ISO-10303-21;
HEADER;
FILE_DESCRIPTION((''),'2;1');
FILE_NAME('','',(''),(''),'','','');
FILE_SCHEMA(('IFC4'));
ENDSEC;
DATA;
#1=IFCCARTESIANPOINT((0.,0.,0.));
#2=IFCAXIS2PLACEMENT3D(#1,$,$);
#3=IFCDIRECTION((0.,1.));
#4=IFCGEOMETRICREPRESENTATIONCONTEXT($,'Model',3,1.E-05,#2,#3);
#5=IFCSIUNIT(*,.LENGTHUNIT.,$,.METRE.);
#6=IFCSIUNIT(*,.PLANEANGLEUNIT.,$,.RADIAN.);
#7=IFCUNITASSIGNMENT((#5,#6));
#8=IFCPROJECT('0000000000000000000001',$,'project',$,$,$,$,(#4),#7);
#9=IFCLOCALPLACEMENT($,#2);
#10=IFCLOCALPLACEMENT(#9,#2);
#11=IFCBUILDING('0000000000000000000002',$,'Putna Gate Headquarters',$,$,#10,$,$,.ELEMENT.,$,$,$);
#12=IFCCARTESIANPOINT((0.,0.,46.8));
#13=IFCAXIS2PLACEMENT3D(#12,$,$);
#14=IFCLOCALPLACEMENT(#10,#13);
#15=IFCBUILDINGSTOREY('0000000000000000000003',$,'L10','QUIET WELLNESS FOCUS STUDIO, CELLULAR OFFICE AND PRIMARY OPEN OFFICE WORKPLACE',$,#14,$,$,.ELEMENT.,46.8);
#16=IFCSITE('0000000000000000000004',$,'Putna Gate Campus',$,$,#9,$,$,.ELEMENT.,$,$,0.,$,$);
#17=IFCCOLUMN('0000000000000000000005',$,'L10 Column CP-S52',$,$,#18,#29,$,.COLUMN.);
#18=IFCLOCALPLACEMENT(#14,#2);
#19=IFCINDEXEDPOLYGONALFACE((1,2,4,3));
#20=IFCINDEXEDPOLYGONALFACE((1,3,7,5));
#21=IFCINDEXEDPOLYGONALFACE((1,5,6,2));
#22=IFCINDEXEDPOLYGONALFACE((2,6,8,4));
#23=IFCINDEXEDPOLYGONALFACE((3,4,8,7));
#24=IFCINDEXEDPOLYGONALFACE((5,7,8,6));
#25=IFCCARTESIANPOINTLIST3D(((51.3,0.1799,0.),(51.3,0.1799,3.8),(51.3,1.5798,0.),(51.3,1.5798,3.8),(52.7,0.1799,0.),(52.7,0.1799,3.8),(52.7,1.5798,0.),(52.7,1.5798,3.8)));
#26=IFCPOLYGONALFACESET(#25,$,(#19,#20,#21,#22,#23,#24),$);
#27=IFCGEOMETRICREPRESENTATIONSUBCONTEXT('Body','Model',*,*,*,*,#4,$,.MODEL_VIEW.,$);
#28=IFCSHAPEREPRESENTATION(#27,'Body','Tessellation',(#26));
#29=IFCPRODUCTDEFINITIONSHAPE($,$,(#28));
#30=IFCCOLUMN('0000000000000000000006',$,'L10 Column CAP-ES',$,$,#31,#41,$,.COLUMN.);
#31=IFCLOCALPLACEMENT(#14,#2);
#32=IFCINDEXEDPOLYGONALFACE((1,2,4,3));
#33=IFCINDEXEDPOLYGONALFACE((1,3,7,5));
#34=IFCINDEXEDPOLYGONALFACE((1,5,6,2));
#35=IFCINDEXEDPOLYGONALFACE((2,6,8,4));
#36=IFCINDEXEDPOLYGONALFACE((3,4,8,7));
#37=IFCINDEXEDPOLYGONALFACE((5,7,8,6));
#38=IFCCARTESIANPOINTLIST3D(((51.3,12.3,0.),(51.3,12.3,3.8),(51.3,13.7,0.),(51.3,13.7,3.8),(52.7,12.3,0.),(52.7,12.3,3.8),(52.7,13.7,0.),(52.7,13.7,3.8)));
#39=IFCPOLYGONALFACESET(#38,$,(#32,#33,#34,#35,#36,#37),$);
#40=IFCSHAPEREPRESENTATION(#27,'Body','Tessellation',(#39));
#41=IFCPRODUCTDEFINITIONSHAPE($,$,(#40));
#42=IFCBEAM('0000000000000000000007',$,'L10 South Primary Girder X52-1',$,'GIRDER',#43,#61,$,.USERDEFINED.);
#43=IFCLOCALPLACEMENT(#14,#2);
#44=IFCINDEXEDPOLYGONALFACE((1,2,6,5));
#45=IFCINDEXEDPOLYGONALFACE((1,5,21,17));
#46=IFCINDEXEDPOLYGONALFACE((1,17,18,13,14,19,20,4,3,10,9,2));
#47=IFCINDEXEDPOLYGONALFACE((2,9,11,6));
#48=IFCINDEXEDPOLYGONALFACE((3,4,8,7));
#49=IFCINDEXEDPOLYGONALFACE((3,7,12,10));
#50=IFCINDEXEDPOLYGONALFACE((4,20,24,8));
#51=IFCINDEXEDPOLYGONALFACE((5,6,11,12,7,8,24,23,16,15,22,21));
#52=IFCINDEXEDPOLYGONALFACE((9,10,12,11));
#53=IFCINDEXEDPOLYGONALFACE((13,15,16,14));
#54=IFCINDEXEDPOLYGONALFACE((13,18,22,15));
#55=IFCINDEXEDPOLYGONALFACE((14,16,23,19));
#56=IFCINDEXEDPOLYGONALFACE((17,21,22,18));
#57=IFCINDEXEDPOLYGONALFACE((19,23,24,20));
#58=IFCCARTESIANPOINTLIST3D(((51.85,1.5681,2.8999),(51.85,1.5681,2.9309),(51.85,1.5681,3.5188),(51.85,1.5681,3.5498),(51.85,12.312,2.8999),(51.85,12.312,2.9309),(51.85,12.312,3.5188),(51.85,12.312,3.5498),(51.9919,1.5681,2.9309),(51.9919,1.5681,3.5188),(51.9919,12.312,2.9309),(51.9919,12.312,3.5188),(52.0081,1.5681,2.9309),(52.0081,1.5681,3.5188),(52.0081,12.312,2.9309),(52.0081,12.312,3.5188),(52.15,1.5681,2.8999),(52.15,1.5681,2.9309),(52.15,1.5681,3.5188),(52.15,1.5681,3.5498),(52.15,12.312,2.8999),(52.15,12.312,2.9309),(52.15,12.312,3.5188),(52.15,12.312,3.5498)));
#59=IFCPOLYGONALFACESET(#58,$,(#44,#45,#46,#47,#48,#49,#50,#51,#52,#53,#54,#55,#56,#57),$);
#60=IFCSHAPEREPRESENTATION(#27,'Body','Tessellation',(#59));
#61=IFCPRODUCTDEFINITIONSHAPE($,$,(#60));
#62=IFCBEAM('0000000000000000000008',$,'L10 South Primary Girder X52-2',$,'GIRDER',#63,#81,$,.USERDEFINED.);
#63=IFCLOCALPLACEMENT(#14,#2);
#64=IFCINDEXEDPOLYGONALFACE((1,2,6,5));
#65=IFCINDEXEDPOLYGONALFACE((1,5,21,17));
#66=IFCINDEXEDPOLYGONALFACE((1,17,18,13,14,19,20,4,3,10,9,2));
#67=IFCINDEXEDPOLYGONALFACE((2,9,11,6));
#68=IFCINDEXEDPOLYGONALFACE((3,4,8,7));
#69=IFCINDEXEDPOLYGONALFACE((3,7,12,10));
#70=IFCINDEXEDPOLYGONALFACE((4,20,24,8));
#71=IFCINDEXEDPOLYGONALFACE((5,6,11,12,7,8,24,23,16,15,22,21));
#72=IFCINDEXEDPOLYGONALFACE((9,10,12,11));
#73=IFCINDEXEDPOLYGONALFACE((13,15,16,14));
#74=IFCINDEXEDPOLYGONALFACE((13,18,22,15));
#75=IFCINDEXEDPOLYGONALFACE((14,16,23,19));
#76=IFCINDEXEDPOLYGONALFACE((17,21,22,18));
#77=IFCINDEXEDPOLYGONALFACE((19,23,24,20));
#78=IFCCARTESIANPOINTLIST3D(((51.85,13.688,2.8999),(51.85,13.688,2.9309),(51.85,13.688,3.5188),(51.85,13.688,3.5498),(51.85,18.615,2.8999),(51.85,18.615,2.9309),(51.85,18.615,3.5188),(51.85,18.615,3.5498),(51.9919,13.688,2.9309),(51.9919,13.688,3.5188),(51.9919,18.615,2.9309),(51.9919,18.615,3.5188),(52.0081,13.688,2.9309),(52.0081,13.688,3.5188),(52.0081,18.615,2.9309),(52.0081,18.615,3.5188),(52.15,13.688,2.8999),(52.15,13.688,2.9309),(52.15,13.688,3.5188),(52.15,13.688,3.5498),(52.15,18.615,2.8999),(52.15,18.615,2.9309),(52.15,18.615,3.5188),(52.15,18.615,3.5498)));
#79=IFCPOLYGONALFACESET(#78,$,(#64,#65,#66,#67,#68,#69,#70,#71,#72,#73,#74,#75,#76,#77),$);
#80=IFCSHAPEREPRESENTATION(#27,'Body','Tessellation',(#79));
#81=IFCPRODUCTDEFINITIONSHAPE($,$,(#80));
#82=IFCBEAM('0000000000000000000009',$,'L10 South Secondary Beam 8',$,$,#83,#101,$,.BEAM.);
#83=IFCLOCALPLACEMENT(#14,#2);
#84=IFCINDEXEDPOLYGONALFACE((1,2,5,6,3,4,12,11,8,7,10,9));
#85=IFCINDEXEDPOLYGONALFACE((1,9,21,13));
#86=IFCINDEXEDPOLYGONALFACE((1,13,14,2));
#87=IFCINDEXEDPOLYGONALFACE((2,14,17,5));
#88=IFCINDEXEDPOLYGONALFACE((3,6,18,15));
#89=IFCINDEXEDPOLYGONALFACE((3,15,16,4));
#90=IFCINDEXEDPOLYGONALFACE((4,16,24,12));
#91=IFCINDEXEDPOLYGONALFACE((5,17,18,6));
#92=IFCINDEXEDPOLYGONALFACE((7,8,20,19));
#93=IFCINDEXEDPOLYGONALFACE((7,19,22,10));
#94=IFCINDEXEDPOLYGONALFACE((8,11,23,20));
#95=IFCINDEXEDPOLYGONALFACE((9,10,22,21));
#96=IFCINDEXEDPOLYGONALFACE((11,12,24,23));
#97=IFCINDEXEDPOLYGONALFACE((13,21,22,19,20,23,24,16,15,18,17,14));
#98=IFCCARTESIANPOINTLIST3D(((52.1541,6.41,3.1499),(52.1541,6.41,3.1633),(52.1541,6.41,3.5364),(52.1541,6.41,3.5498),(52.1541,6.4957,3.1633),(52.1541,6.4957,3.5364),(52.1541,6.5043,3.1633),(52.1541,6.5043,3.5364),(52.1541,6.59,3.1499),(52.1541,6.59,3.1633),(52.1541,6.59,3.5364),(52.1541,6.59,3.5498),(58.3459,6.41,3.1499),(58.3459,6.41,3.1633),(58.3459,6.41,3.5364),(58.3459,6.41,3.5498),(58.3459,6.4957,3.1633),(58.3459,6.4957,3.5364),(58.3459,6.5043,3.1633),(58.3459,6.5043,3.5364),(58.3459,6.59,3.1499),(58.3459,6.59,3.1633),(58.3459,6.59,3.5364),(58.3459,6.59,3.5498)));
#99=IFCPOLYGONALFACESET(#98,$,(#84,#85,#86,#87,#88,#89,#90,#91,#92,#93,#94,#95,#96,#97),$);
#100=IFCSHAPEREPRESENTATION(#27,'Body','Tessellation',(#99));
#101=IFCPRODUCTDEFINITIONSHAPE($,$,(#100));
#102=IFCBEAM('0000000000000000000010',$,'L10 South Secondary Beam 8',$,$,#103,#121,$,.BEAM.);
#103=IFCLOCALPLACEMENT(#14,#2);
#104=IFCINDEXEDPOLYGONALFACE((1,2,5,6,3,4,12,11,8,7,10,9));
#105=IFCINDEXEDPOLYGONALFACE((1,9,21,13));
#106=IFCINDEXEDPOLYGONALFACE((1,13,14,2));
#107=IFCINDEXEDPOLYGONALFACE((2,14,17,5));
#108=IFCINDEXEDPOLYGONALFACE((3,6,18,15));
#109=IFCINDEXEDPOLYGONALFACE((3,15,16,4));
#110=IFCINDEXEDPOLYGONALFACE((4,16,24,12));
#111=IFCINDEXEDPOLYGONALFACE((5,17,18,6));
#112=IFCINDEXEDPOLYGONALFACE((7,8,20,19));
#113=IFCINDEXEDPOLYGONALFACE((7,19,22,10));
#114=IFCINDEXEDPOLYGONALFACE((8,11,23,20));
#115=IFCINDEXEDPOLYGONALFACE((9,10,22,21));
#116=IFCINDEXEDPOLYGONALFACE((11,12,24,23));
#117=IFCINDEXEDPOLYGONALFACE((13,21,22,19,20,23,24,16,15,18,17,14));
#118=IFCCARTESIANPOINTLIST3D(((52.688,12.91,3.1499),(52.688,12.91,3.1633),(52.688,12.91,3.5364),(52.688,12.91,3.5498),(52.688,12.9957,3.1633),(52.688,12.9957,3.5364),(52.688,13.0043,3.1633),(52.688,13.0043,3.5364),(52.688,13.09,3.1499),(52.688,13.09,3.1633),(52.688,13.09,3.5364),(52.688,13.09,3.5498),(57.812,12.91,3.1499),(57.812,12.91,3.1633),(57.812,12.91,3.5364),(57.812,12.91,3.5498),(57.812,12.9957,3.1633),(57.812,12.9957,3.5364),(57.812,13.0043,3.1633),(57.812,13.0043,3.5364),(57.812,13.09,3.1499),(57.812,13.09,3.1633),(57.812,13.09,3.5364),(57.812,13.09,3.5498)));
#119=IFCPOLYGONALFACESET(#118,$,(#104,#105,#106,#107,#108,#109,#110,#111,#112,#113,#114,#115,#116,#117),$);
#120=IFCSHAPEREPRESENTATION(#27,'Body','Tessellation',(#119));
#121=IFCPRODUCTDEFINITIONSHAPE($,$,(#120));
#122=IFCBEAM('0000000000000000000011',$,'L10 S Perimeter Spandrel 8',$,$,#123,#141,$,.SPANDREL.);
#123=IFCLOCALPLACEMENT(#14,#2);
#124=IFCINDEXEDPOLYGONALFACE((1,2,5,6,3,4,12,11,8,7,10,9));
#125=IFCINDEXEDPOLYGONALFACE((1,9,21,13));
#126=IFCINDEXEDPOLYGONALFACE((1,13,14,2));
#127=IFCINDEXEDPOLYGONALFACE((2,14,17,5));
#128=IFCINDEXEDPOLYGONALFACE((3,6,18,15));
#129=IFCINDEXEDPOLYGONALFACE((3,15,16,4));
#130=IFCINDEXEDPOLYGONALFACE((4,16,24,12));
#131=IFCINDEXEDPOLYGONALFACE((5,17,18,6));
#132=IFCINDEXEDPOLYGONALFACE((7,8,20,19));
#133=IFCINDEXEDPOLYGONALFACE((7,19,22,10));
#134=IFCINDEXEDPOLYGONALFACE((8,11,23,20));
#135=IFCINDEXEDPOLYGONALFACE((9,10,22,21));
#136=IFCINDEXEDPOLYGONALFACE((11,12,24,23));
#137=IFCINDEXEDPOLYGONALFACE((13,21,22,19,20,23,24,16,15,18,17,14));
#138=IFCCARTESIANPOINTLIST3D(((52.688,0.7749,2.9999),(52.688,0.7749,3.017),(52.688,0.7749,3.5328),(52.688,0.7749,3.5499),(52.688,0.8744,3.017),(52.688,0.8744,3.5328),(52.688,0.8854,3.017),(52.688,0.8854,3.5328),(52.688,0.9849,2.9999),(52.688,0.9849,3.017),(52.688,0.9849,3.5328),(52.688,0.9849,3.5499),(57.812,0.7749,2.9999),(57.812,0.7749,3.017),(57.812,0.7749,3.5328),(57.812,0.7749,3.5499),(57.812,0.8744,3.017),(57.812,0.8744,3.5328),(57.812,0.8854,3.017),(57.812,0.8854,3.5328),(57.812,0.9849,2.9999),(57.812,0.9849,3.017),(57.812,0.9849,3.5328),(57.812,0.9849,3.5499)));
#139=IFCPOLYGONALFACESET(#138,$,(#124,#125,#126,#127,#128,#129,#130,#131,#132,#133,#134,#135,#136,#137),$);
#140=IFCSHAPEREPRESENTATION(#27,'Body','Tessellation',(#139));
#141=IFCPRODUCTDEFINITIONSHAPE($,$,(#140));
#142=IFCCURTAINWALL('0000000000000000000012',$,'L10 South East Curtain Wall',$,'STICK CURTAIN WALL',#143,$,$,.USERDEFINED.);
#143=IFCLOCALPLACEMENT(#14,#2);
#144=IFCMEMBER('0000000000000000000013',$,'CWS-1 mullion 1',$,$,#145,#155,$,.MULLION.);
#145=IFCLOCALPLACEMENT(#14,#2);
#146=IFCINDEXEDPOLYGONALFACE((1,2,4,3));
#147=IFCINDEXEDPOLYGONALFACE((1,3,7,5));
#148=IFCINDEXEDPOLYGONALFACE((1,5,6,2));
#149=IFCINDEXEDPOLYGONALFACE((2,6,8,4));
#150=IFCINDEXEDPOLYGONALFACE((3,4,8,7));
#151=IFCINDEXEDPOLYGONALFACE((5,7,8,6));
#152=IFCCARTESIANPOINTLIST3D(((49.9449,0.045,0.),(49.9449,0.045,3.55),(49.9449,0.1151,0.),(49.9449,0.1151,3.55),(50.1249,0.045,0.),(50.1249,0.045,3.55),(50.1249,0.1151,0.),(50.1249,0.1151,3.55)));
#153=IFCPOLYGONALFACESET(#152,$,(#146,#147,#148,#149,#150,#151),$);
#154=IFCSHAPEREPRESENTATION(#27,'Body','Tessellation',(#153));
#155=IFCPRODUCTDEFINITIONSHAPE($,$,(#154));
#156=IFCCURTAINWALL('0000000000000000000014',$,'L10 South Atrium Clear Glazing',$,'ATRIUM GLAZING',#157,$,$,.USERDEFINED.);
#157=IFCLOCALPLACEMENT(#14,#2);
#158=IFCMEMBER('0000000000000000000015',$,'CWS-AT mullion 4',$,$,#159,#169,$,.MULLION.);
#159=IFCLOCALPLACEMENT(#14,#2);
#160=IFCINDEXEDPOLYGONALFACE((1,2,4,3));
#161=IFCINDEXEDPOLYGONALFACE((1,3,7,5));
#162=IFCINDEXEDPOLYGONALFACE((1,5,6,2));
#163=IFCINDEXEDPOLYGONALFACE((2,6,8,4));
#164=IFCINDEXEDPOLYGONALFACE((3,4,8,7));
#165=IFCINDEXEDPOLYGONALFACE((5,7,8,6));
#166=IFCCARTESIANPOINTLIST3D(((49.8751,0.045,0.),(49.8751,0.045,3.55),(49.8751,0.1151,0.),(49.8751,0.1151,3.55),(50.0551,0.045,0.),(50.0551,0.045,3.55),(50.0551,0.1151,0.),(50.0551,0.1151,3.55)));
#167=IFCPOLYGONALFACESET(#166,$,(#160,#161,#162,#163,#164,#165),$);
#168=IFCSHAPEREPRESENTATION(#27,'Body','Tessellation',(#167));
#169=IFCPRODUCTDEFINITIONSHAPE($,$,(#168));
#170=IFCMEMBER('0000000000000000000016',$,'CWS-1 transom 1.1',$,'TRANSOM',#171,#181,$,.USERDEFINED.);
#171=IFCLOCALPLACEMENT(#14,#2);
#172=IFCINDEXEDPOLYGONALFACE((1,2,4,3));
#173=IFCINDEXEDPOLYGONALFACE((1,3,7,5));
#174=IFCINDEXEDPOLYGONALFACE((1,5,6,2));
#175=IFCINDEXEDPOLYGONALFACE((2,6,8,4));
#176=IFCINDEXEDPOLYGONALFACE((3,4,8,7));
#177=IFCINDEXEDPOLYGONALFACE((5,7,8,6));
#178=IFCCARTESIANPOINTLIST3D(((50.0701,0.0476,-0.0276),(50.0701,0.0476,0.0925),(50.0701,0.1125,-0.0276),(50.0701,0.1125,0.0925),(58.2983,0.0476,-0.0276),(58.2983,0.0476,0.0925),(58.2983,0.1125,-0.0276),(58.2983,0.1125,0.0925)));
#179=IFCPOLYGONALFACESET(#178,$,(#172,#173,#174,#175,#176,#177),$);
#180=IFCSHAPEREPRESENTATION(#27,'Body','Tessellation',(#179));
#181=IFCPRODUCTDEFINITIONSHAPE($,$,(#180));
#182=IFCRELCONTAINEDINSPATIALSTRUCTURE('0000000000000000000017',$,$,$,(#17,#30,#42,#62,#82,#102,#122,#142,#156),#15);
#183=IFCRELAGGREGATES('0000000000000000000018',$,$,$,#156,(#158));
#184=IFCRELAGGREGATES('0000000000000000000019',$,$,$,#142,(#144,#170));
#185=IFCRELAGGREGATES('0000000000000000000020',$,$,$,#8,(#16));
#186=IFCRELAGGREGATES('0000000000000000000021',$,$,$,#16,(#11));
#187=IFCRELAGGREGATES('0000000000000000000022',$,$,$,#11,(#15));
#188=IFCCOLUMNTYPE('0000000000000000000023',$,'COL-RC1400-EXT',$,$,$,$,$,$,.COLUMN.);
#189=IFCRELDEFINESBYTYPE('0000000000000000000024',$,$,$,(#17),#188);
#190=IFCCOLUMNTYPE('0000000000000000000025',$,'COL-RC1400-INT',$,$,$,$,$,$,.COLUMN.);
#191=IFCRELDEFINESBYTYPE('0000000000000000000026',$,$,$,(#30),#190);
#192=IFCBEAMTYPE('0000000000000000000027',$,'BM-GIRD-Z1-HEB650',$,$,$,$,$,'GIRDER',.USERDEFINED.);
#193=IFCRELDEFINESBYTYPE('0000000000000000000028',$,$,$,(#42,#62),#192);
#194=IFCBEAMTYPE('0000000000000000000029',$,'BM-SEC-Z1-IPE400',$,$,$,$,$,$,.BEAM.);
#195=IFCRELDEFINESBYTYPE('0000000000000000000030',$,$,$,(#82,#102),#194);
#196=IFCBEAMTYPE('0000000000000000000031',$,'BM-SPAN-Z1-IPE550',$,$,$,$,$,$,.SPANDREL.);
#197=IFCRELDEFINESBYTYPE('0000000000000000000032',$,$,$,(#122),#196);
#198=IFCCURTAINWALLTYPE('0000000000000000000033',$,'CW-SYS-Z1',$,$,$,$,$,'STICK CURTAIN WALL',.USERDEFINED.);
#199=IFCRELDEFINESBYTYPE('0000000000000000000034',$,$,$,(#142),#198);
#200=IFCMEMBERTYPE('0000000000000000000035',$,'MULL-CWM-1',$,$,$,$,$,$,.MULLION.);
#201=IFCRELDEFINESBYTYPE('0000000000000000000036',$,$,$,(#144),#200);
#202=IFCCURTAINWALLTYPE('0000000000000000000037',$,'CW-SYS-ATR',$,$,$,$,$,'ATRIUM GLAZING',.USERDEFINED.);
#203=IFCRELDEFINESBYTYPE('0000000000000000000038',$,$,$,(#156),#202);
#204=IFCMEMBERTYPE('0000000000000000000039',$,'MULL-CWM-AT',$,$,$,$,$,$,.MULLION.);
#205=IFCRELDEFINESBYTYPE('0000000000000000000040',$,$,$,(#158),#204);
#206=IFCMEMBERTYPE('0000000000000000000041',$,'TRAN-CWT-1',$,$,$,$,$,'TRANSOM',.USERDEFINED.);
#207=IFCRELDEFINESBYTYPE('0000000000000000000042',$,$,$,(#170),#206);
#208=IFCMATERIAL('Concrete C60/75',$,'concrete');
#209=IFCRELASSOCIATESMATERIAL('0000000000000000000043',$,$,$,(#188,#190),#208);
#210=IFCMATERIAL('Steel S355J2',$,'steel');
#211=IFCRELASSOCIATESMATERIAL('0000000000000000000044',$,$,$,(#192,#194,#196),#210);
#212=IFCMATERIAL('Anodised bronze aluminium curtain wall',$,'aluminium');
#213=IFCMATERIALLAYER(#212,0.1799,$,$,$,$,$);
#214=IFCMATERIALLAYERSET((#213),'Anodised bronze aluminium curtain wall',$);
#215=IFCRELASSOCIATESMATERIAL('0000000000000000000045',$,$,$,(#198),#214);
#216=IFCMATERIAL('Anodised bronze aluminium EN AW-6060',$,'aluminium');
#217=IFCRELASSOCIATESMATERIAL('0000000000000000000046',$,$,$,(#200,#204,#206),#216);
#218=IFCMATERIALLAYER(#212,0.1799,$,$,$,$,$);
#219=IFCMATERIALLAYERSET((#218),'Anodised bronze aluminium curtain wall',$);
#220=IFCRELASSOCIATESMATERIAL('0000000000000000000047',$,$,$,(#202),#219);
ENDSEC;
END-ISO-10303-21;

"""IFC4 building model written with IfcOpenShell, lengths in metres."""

from ifc_helpers import new_model, si_unit, direction, frame, origin, origin_2d, place, context, subcontext, project, spatial, rectangle, i_section, extrude, material, layer, layer_set, material_profile, profile_set, type_object, element, aggregate, save


model = new_model("IFC4")

# Units and contexts
model_context = context("Model", 3, precision=1e-05, world=origin(), true_north=direction((0.0, 1.0)))
body_context = subcontext(model_context, "Body", "Model", "MODEL_VIEW")
ifc_project = project(units=[si_unit("LENGTHUNIT", "METRE"), si_unit("PLANEANGLEUNIT", "RADIAN")], contexts=[model_context])

# Site, building, storey
site_placement = place(None, origin())
site = spatial("IfcSite", under=ifc_project, at=site_placement, Name="Putna Gate Campus", CompositionType="ELEMENT", RefElevation=0.0)
building_placement = place(site_placement, origin())
building = spatial("IfcBuilding", under=site, at=building_placement, Name="Putna Gate Headquarters", CompositionType="ELEMENT")
storey_placement = place(building_placement, frame((0.0, 0.0, 46.8)))
storey = spatial("IfcBuildingStorey", under=building, at=storey_placement, Name="L10", Description="QUIET WELLNESS FOCUS STUDIO, CELLULAR OFFICE AND PRIMARY OPEN OFFICE WORKPLACE", CompositionType="ELEMENT", Elevation=46.8)

# Columns
ifc_material_1 = material(Name="Concrete C60/75", Category="concrete")
ifc_material_profile_1 = material_profile(ifc_material_1, rectangle(XDim=1.3999, YDim=1.3999, at=origin_2d()), Name="Concrete C60/75")
ifc_profile_set_1 = profile_set([ifc_material_profile_1], Name="Concrete C60/75")
column_type_1 = type_object("IfcColumnType", Name="COL-RC1400-EXT", PredefinedType="COLUMN", material=ifc_profile_set_1)
column_1_placement = place(storey_placement, frame((52.0, 0.8799, 0.0), z_axis=(0.0, 0.0, 1.0), x_axis=(1.0, 0.0, 0.0)))
element("IfcColumn", 1, at=column_1_placement, inside=storey, type_object=column_type_1, Name="L10 Column CP-S52", PredefinedType="COLUMN", context=body_context, shape_type="SweptSolid", body=[
    extrude(rectangle(XDim=1.3999, YDim=1.3999, at=origin_2d()), origin(), (0.0, 0.0, 1.0), 3.8),
])
ifc_material_profile_2 = material_profile(ifc_material_1, rectangle(XDim=1.3999, YDim=1.3999, at=origin_2d()), Name="Concrete C60/75")
ifc_profile_set_2 = profile_set([ifc_material_profile_2], Name="Concrete C60/75")
column_type_2 = type_object("IfcColumnType", Name="COL-RC1400-INT", PredefinedType="COLUMN", material=ifc_profile_set_2)
column_2_placement = place(storey_placement, frame((52.0, 13.0, 0.0), z_axis=(0.0, 0.0, 1.0), x_axis=(1.0, 0.0, 0.0)))
element("IfcColumn", 2, at=column_2_placement, inside=storey, type_object=column_type_2, Name="L10 Column CAP-ES", PredefinedType="COLUMN", context=body_context, shape_type="SweptSolid", body=[
    extrude(rectangle(XDim=1.3999, YDim=1.3999, at=origin_2d()), origin(), (0.0, 0.0, 1.0), 3.8),
])

# Beams
ifc_material_2 = material(Name="Steel S355J2", Category="steel")
ifc_material_profile_3 = material_profile(ifc_material_2, i_section(OverallWidth=0.3, OverallDepth=0.6499, WebThickness=0.0161, FlangeThickness=0.031, at=origin_2d()), Name="Steel S355J2")
ifc_profile_set_3 = profile_set([ifc_material_profile_3], Name="Steel S355J2")
beam_type_1 = type_object("IfcBeamType", Name="BM-GIRD-Z1-HEB650", ElementType="GIRDER", PredefinedType="USERDEFINED", material=ifc_profile_set_3)
beam_1_placement = place(storey_placement, frame((52.0, 1.5681, 3.2249), z_axis=(0.0, 1.0, 0.0), x_axis=(-1.0, 0.0, 0.0)))
element("IfcBeam", 3, at=beam_1_placement, inside=storey, type_object=beam_type_1, Name="L10 South Primary Girder X52-1", ObjectType="GIRDER", PredefinedType="USERDEFINED", context=body_context, shape_type="SweptSolid", body=[
    extrude(i_section(OverallWidth=0.3, OverallDepth=0.6499, WebThickness=0.0161, FlangeThickness=0.031, at=origin_2d()), origin(), (0.0, 0.0, 1.0), 10.7439),
])
beam_2_placement = place(storey_placement, frame((52.0, 13.688, 3.2249), z_axis=(0.0, 1.0, 0.0), x_axis=(-1.0, 0.0, 0.0)))
element("IfcBeam", 4, at=beam_2_placement, inside=storey, type_object=beam_type_1, Name="L10 South Primary Girder X52-2", ObjectType="GIRDER", PredefinedType="USERDEFINED", context=body_context, shape_type="SweptSolid", body=[
    extrude(i_section(OverallWidth=0.3, OverallDepth=0.6499, WebThickness=0.0161, FlangeThickness=0.031, at=origin_2d()), origin(), (0.0, 0.0, 1.0), 4.927),
])
ifc_material_profile_4 = material_profile(ifc_material_2, i_section(OverallWidth=0.1799, OverallDepth=0.3999, WebThickness=0.0085, FlangeThickness=0.0134, at=origin_2d()), Name="Steel S355J2")
ifc_profile_set_4 = profile_set([ifc_material_profile_4], Name="Steel S355J2")
beam_type_2 = type_object("IfcBeamType", Name="BM-SEC-Z1-IPE400", PredefinedType="BEAM", material=ifc_profile_set_4)
beam_3_placement = place(storey_placement, frame((52.1541, 6.5, 3.3499), z_axis=(1.0, 0.0, 0.0), x_axis=(0.0, 1.0, 0.0)))
element("IfcBeam", 5, at=beam_3_placement, inside=storey, type_object=beam_type_2, Name="L10 South Secondary Beam 8", PredefinedType="BEAM", context=body_context, shape_type="SweptSolid", body=[
    extrude(i_section(OverallWidth=0.1799, OverallDepth=0.3999, WebThickness=0.0085, FlangeThickness=0.0134, at=origin_2d()), origin(), (0.0, 0.0, 1.0), 6.1919),
])
beam_4_placement = place(storey_placement, frame((52.688, 13.0, 3.3499), z_axis=(1.0, 0.0, 0.0), x_axis=(0.0, 1.0, 0.0)))
element("IfcBeam", 6, at=beam_4_placement, inside=storey, type_object=beam_type_2, Name="L10 South Secondary Beam 8", PredefinedType="BEAM", context=body_context, shape_type="SweptSolid", body=[
    extrude(i_section(OverallWidth=0.1799, OverallDepth=0.3999, WebThickness=0.0085, FlangeThickness=0.0134, at=origin_2d()), origin(), (0.0, 0.0, 1.0), 5.124),
])
ifc_material_profile_5 = material_profile(ifc_material_2, i_section(OverallWidth=0.21, OverallDepth=0.55, WebThickness=0.011, FlangeThickness=0.0171, at=origin_2d()), Name="Steel S355J2")
ifc_profile_set_5 = profile_set([ifc_material_profile_5], Name="Steel S355J2")
beam_type_3 = type_object("IfcBeamType", Name="BM-SPAN-Z1-IPE550", PredefinedType="SPANDREL", material=ifc_profile_set_5)
beam_5_placement = place(storey_placement, frame((52.688, 0.8799, 3.2749), z_axis=(1.0, 0.0, 0.0), x_axis=(0.0, 1.0, 0.0)))
element("IfcBeam", 7, at=beam_5_placement, inside=storey, type_object=beam_type_3, Name="L10 S Perimeter Spandrel 8", PredefinedType="SPANDREL", context=body_context, shape_type="SweptSolid", body=[
    extrude(i_section(OverallWidth=0.21, OverallDepth=0.55, WebThickness=0.011, FlangeThickness=0.0171, at=origin_2d()), origin(), (0.0, 0.0, 1.0), 5.124),
])

# Curtain walls, members
ifc_material_3 = material(Name="Anodised bronze aluminium curtain wall", Category="aluminium")
ifc_layer_1 = layer(ifc_material_3, 0.1799)
ifc_layer_set_1 = layer_set([ifc_layer_1], Name="Anodised bronze aluminium curtain wall")
curtain_wall_type_1 = type_object("IfcCurtainWallType", Name="CW-SYS-Z1", ElementType="STICK CURTAIN WALL", PredefinedType="USERDEFINED", material=ifc_layer_set_1)
curtain_wall_1_placement = place(storey_placement, origin())
curtain_wall_1 = element("IfcCurtainWall", 8, at=curtain_wall_1_placement, inside=storey, type_object=curtain_wall_type_1, Name="L10 South East Curtain Wall", ObjectType="STICK CURTAIN WALL", PredefinedType="USERDEFINED")
ifc_material_4 = material(Name="Anodised bronze aluminium EN AW-6060", Category="aluminium")
ifc_material_profile_6 = material_profile(ifc_material_4, rectangle(XDim=0.0701, YDim=0.1799, at=origin_2d()), Name="Anodised bronze aluminium EN AW-6060")
ifc_profile_set_6 = profile_set([ifc_material_profile_6], Name="Anodised bronze aluminium EN AW-6060")
member_type_1 = type_object("IfcMemberType", Name="MULL-CWM-1", PredefinedType="MULLION", material=ifc_profile_set_6)
member_1_placement = place(storey_placement, frame((50.0349, 0.0801, 0.0), z_axis=(0.0, 0.0, 1.0), x_axis=(0.0, 1.0, 0.0)))
member_1 = element("IfcMember", 9, at=member_1_placement, type_object=member_type_1, Name="CWS-1 mullion 1", PredefinedType="MULLION", context=body_context, shape_type="SweptSolid", body=[
    extrude(rectangle(XDim=0.0701, YDim=0.1799, at=origin_2d()), origin(), (0.0, 0.0, 1.0), 3.55),
])
ifc_layer_2 = layer(ifc_material_3, 0.1799)
ifc_layer_set_2 = layer_set([ifc_layer_2], Name="Anodised bronze aluminium curtain wall")
curtain_wall_type_2 = type_object("IfcCurtainWallType", Name="CW-SYS-ATR", ElementType="ATRIUM GLAZING", PredefinedType="USERDEFINED", material=ifc_layer_set_2)
curtain_wall_2_placement = place(storey_placement, origin())
curtain_wall_2 = element("IfcCurtainWall", 10, at=curtain_wall_2_placement, inside=storey, type_object=curtain_wall_type_2, Name="L10 South Atrium Clear Glazing", ObjectType="ATRIUM GLAZING", PredefinedType="USERDEFINED")
ifc_material_profile_7 = material_profile(ifc_material_4, rectangle(XDim=0.0701, YDim=0.1799, at=origin_2d()), Name="Anodised bronze aluminium EN AW-6060")
ifc_profile_set_7 = profile_set([ifc_material_profile_7], Name="Anodised bronze aluminium EN AW-6060")
member_type_2 = type_object("IfcMemberType", Name="MULL-CWM-AT", PredefinedType="MULLION", material=ifc_profile_set_7)
member_2_placement = place(storey_placement, frame((49.9651, 0.0801, 0.0), z_axis=(0.0, 0.0, 1.0), x_axis=(0.0, 1.0, 0.0)))
member_2 = element("IfcMember", 11, at=member_2_placement, type_object=member_type_2, Name="CWS-AT mullion 4", PredefinedType="MULLION", context=body_context, shape_type="SweptSolid", body=[
    extrude(rectangle(XDim=0.0701, YDim=0.1799, at=origin_2d()), origin(), (0.0, 0.0, 1.0), 3.55),
])
aggregate(curtain_wall_2, [member_2])

# Member
ifc_material_profile_8 = material_profile(ifc_material_4, rectangle(XDim=0.0649, YDim=0.1201, at=origin_2d()), Name="Anodised bronze aluminium EN AW-6060")
ifc_profile_set_8 = profile_set([ifc_material_profile_8], Name="Anodised bronze aluminium EN AW-6060")
member_type_3 = type_object("IfcMemberType", Name="TRAN-CWT-1", ElementType="TRANSOM", PredefinedType="USERDEFINED", material=ifc_profile_set_8)
member_3_placement = place(storey_placement, frame((50.0701, 0.0801, 0.0325), z_axis=(1.0, 0.0, 0.0), x_axis=(0.0, 1.0, 0.0)))
member_3 = element("IfcMember", 12, at=member_3_placement, type_object=member_type_3, Name="CWS-1 transom 1.1", ObjectType="TRANSOM", PredefinedType="USERDEFINED", context=body_context, shape_type="SweptSolid", body=[
    extrude(rectangle(XDim=0.0649, YDim=0.1201, at=origin_2d()), origin(), (0.0, 0.0, 1.0), 8.2283),
])

aggregate(curtain_wall_1, [member_1, member_3])

save(model, "model.ifc")
